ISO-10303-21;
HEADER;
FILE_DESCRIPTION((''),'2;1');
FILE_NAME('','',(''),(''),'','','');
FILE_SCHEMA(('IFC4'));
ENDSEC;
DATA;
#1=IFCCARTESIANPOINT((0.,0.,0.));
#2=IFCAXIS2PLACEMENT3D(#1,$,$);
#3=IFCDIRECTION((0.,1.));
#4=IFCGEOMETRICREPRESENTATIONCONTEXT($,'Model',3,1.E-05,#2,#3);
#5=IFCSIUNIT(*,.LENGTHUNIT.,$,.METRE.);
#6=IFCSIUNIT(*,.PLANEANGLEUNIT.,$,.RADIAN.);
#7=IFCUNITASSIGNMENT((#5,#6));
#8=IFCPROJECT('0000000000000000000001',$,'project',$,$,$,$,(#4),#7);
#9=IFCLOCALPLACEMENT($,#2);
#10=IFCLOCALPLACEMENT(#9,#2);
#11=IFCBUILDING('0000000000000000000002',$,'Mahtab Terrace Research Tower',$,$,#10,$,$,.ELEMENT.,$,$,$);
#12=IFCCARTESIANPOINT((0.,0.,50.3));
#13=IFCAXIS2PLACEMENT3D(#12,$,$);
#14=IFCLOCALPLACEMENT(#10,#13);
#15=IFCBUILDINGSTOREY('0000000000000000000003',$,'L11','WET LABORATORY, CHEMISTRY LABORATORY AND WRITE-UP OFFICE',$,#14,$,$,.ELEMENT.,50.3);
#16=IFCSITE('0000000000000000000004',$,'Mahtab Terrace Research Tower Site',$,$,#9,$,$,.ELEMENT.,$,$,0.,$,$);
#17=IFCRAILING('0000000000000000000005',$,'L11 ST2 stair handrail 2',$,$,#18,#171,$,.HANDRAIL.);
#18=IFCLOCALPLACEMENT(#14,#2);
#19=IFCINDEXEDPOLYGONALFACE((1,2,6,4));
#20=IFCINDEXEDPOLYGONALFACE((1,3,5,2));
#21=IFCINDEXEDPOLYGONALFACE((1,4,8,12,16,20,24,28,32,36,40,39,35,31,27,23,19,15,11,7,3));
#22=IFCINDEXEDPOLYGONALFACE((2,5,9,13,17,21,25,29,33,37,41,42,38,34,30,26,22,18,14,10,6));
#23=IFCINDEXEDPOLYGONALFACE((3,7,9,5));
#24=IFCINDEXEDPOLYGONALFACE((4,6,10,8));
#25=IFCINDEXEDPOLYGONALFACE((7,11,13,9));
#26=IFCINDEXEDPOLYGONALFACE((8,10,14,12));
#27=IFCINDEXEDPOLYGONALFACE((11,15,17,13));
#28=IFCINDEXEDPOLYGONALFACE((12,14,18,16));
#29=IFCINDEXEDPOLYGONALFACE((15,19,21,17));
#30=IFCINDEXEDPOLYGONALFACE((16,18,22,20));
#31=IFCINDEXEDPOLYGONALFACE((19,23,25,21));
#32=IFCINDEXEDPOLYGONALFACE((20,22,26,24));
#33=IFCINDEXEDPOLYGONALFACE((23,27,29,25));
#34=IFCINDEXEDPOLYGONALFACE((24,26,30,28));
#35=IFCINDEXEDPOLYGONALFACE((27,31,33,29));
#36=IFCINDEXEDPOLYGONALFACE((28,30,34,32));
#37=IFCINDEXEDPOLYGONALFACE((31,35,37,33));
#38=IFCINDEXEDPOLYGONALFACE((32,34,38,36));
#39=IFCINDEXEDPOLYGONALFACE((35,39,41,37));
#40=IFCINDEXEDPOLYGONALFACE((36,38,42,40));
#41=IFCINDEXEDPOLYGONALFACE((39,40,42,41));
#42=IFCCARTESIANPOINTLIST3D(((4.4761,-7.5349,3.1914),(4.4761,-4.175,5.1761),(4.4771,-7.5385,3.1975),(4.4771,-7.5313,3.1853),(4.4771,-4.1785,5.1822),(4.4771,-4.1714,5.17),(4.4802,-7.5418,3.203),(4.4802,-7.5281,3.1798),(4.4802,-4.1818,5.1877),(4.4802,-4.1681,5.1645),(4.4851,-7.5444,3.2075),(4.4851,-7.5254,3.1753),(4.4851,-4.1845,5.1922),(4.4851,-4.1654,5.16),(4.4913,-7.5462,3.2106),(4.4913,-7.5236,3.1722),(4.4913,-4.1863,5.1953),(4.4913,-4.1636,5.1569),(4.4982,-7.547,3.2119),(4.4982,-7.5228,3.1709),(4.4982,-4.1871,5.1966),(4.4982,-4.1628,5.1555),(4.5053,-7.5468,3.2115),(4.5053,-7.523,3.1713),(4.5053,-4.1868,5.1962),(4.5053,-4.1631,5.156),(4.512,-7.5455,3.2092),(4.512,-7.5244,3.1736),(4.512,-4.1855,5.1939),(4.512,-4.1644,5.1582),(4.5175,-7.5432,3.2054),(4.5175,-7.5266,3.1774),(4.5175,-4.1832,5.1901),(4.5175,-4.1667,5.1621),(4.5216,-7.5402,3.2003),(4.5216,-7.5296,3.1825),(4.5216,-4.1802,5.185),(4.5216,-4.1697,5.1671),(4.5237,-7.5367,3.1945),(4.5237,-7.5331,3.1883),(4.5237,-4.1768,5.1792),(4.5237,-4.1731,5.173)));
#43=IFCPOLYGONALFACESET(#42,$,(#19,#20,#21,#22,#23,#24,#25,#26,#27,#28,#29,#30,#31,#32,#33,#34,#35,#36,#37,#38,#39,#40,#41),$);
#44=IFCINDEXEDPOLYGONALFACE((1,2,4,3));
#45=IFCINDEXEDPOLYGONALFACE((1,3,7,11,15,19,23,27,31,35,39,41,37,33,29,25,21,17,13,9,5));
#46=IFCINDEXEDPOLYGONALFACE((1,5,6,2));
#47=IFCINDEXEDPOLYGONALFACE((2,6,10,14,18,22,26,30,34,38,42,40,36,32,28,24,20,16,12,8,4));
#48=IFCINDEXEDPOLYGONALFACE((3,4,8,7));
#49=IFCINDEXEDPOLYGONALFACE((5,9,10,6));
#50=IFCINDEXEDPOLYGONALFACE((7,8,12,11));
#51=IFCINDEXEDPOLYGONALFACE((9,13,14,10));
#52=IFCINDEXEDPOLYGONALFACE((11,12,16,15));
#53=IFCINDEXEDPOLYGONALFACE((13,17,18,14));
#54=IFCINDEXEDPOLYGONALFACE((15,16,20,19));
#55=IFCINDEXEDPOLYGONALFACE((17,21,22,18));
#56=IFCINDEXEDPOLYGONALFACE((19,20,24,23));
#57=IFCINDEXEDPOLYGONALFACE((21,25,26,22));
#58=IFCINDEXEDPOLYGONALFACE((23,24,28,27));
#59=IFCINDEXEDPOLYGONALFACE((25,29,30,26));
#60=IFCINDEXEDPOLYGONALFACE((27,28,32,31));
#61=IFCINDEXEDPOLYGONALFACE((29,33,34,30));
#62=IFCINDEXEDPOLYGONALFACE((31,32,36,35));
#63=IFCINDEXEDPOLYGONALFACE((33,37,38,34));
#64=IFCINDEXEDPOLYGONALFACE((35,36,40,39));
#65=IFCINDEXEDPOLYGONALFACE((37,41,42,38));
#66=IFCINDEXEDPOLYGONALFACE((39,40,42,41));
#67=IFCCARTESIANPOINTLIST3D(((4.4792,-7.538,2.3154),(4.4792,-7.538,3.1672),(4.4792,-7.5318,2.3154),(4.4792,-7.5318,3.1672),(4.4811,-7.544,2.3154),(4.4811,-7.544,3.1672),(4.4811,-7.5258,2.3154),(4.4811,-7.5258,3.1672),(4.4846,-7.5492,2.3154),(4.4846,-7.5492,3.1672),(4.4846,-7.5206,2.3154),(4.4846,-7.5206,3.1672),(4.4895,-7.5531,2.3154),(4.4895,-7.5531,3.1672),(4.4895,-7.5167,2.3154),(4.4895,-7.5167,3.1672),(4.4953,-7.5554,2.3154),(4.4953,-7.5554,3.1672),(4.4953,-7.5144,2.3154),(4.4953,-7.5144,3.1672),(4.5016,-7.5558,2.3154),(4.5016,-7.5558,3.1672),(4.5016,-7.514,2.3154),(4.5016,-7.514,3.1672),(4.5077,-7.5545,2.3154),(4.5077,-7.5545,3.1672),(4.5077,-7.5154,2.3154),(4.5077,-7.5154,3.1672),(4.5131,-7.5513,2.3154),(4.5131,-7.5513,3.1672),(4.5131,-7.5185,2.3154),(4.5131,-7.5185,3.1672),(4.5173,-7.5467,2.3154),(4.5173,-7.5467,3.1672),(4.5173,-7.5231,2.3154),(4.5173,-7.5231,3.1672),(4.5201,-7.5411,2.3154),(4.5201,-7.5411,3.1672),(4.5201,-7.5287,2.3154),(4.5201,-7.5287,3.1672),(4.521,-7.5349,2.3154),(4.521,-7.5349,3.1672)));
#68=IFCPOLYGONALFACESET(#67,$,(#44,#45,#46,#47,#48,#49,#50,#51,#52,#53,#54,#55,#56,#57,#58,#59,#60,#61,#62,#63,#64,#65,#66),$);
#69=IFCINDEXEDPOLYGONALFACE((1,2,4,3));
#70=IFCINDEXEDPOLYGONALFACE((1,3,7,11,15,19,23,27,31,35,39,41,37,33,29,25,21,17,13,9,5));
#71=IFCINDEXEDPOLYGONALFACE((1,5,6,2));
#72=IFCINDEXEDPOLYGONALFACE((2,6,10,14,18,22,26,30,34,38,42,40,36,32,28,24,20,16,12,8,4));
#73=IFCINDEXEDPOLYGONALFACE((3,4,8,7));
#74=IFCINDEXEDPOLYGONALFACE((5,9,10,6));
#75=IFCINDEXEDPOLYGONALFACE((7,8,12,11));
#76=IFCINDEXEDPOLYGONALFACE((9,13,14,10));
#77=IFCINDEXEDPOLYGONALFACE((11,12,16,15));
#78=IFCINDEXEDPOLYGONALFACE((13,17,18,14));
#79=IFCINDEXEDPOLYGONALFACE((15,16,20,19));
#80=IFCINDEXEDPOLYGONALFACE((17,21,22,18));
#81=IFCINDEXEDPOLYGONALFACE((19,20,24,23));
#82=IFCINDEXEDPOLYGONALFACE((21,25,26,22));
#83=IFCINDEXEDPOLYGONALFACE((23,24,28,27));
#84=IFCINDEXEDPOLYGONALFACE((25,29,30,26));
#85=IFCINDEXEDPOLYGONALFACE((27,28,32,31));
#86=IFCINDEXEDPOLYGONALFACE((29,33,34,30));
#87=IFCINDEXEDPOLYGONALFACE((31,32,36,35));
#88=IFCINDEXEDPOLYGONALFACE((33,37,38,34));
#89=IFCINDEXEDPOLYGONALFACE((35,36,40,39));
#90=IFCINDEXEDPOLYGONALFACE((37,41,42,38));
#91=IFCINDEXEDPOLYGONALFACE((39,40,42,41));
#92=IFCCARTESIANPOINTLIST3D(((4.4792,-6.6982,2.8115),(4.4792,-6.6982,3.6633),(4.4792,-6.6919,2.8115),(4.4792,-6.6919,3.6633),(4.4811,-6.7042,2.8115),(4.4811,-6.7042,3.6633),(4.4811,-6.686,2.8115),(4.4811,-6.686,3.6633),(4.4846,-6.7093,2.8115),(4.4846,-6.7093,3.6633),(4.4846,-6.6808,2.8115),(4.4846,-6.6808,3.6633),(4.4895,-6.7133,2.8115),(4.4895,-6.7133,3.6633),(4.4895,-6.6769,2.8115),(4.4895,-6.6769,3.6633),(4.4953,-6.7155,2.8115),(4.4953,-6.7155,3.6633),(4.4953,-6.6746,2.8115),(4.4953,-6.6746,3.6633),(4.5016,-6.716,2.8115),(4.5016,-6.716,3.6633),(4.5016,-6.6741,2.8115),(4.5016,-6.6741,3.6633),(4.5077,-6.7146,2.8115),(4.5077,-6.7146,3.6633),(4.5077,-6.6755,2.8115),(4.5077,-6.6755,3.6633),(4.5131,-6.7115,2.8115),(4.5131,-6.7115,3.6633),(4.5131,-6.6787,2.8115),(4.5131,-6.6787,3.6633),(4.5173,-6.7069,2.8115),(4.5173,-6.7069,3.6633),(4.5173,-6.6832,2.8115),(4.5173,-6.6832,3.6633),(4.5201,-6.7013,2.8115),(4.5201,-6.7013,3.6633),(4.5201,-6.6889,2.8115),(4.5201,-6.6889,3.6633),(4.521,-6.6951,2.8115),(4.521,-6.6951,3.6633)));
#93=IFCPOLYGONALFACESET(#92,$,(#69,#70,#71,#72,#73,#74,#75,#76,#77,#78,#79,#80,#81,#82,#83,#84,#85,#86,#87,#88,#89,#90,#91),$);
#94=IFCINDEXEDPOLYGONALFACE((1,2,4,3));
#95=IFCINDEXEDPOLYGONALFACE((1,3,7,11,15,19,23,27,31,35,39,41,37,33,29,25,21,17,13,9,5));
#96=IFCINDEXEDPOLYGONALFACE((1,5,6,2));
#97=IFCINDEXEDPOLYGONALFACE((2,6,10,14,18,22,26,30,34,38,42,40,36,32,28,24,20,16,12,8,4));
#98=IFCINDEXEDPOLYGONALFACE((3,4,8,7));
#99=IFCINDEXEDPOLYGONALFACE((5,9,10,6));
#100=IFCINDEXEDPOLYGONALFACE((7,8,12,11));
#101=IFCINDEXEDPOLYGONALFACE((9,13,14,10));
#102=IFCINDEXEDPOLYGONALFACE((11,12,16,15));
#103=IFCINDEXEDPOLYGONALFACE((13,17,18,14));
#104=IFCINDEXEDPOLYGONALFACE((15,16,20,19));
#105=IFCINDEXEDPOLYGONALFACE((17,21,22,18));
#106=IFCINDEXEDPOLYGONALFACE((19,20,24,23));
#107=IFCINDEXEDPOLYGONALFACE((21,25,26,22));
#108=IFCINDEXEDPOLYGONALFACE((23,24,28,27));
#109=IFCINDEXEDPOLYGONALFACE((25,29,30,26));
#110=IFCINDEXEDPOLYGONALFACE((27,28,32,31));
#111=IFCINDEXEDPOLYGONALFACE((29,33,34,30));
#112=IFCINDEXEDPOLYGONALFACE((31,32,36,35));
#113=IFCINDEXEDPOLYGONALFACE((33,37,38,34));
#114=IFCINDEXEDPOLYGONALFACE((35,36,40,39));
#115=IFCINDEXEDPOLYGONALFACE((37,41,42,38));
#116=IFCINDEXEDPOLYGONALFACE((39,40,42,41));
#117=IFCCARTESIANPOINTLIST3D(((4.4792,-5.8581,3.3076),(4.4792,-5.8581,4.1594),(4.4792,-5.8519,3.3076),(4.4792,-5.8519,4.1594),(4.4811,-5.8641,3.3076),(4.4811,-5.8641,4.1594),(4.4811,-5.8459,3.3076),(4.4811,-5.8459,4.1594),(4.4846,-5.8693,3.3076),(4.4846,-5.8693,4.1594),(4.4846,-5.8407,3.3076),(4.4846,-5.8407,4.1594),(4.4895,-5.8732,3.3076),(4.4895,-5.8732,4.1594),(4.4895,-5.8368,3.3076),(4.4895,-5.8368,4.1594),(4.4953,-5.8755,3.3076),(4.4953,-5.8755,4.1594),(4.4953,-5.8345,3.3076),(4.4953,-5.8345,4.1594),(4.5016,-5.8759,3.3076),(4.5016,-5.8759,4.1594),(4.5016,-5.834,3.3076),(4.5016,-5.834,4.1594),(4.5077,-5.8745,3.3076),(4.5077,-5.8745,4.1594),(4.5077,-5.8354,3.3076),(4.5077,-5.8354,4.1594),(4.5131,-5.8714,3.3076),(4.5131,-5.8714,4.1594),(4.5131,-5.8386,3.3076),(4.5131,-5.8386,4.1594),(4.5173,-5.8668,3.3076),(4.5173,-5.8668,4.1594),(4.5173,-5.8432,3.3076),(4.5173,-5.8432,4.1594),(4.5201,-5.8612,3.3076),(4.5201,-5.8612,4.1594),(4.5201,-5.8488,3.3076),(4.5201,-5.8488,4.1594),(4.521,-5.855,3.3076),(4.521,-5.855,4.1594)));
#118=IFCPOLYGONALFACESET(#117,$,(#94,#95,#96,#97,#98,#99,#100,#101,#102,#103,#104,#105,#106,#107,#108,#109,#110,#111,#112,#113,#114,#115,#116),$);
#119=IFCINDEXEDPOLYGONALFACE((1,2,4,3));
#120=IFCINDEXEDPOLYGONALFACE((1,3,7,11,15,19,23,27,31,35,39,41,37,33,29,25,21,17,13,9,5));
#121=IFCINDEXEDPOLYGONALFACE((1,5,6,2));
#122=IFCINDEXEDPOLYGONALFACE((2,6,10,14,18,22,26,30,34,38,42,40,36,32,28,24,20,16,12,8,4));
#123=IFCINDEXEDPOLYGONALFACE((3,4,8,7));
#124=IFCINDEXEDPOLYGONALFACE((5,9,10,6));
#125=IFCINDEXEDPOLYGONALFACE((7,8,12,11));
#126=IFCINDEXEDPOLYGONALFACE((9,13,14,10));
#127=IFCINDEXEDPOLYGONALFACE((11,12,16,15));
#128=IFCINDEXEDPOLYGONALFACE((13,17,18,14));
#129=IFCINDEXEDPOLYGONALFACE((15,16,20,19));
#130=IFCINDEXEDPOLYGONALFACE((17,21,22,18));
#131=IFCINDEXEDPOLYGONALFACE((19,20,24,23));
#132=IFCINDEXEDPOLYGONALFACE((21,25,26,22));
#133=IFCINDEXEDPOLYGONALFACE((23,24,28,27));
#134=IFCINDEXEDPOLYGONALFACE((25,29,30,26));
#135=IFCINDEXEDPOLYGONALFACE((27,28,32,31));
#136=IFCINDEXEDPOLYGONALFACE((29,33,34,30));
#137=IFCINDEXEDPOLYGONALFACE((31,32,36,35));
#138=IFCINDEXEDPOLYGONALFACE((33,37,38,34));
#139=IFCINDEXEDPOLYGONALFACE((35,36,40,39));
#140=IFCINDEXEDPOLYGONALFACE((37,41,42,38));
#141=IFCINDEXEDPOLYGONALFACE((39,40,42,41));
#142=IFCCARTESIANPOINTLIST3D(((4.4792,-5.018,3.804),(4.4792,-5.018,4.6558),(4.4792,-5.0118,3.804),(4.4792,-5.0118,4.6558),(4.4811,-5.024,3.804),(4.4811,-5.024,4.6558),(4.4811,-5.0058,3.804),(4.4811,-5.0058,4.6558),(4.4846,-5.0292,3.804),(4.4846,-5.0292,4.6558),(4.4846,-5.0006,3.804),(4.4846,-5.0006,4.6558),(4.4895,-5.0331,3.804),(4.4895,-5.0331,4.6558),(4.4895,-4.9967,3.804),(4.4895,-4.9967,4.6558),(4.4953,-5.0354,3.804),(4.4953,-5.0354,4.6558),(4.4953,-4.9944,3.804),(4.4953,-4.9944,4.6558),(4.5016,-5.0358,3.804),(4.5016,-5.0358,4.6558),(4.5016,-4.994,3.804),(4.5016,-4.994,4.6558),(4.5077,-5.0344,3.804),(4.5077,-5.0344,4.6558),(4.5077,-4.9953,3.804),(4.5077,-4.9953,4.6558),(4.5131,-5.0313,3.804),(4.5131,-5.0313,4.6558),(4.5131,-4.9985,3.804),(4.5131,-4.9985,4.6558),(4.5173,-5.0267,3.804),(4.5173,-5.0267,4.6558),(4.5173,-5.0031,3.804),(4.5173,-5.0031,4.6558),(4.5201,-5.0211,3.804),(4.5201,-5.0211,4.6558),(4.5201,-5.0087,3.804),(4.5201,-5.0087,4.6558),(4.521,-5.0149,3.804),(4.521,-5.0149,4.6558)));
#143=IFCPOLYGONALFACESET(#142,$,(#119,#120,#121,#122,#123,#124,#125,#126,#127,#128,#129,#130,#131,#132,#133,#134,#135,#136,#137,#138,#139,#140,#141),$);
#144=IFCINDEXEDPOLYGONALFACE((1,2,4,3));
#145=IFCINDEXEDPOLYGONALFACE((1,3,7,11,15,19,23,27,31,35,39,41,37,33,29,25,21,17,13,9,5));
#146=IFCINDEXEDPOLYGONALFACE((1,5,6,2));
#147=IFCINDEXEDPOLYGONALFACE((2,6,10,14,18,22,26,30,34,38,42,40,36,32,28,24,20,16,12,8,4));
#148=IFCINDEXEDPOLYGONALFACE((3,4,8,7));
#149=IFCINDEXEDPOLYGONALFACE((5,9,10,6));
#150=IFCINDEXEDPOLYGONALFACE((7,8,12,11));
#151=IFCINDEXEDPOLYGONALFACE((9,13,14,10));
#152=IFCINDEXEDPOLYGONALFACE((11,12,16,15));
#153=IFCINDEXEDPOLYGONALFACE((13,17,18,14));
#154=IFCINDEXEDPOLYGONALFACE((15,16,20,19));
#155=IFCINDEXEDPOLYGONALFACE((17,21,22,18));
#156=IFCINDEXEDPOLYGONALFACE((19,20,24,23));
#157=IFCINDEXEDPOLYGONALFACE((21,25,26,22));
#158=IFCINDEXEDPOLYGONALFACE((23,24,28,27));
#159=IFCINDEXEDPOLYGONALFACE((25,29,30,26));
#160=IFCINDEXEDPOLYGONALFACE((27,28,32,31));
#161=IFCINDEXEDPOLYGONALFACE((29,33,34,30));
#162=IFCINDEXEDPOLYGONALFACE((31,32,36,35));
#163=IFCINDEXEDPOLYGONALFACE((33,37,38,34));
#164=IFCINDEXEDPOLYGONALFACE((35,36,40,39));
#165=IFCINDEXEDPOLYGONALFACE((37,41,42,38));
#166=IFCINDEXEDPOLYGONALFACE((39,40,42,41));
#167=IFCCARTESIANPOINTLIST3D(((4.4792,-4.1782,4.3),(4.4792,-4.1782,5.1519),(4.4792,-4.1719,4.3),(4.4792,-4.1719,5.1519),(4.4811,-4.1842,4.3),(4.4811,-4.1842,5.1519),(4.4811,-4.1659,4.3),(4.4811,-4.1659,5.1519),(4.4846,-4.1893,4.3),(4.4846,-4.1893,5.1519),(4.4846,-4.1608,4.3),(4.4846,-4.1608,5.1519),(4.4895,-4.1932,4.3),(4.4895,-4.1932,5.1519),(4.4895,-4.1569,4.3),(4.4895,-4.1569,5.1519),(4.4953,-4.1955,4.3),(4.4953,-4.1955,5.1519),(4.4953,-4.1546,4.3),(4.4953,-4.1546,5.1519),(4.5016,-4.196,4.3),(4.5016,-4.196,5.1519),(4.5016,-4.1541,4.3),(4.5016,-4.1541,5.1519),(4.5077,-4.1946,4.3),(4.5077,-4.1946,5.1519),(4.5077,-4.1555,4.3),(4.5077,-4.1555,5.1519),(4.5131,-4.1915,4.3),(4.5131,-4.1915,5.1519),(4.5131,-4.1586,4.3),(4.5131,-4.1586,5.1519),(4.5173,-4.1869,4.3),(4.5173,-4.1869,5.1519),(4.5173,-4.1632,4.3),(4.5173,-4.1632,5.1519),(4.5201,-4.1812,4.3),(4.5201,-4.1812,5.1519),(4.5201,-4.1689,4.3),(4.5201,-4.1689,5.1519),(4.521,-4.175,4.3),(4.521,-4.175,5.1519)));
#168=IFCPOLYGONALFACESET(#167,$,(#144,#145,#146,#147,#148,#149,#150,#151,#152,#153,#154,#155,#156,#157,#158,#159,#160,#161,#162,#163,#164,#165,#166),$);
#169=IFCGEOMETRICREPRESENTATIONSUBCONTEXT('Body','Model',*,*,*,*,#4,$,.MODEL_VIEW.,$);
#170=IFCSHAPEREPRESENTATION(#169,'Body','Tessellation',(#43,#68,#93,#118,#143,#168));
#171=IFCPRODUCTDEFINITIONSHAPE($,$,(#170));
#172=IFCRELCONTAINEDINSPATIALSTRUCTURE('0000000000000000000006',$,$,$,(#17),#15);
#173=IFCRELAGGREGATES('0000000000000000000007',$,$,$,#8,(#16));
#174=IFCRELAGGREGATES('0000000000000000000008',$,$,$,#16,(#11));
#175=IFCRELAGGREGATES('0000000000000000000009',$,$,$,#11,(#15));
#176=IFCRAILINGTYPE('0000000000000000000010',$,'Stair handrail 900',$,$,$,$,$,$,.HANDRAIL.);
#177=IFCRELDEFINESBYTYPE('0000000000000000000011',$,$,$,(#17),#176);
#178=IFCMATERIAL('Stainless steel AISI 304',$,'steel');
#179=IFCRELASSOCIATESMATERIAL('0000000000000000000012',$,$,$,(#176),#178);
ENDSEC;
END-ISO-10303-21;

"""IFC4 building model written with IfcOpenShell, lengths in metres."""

from ifc_helpers import new_model, si_unit, direction, frame, origin, origin_2d, place, context, subcontext, project, spatial, circle, extrude, material, type_object, element, save


model = new_model("IFC4")

# Units and contexts
model_context = context("Model", 3, precision=1e-05, world=origin(), true_north=direction((0.0, 1.0)))
body_context = subcontext(model_context, "Body", "Model", "MODEL_VIEW")
ifc_project = project(units=[si_unit("LENGTHUNIT", "METRE"), si_unit("PLANEANGLEUNIT", "RADIAN")], contexts=[model_context])

# Site, building, storey
site_placement = place(None, origin())
site = spatial("IfcSite", under=ifc_project, at=site_placement, Name="Mahtab Terrace Research Tower Site", CompositionType="ELEMENT", RefElevation=0.0)
building_placement = place(site_placement, origin())
building = spatial("IfcBuilding", under=site, at=building_placement, Name="Mahtab Terrace Research Tower", CompositionType="ELEMENT")
storey_placement = place(building_placement, frame((0.0, 0.0, 50.3)))
storey = spatial("IfcBuildingStorey", under=building, at=storey_placement, Name="L11", Description="WET LABORATORY, CHEMISTRY LABORATORY AND WRITE-UP OFFICE", CompositionType="ELEMENT", Elevation=50.3)

# Railing
ifc_material_1 = material(Name="Stainless steel AISI 304", Category="steel")
railing_type_1 = type_object("IfcRailingType", Name="Stair handrail 900", PredefinedType="HANDRAIL", material=ifc_material_1)
railing_1_placement = place(storey_placement, frame((4.5, -7.5349, 2.3154)))
element("IfcRailing", 1, at=railing_1_placement, inside=storey, type_object=railing_type_1, Name="L11 ST2 stair handrail 2", PredefinedType="HANDRAIL", context=body_context, shape_type="SweptSolid", body=[
    extrude(circle(Radius=0.0239, at=origin_2d()), frame((0.0, 0.0, 0.876), z_axis=(0.0, 0.861011, 0.508586), x_axis=(-1.0, 0.0, 0.0)), (0.0, 0.0, 1.0), 3.9023),
    extrude(circle(Radius=0.021, at=origin_2d()), origin(), (0.0, 0.0, 1.0), 0.8518),
    extrude(circle(Radius=0.021, at=origin_2d()), frame((0.0, 0.8398, 0.4961)), (0.0, 0.0, 1.0), 0.8518),
    extrude(circle(Radius=0.021, at=origin_2d()), frame((0.0, 1.6799, 0.9922)), (0.0, 0.0, 1.0), 0.8518),
    extrude(circle(Radius=0.021, at=origin_2d()), frame((0.0, 2.52, 1.4885)), (0.0, 0.0, 1.0), 0.8518),
    extrude(circle(Radius=0.021, at=origin_2d()), frame((0.0, 3.3599, 1.9846)), (0.0, 0.0, 1.0), 0.8518),
])

save(model, "model.ifc")
